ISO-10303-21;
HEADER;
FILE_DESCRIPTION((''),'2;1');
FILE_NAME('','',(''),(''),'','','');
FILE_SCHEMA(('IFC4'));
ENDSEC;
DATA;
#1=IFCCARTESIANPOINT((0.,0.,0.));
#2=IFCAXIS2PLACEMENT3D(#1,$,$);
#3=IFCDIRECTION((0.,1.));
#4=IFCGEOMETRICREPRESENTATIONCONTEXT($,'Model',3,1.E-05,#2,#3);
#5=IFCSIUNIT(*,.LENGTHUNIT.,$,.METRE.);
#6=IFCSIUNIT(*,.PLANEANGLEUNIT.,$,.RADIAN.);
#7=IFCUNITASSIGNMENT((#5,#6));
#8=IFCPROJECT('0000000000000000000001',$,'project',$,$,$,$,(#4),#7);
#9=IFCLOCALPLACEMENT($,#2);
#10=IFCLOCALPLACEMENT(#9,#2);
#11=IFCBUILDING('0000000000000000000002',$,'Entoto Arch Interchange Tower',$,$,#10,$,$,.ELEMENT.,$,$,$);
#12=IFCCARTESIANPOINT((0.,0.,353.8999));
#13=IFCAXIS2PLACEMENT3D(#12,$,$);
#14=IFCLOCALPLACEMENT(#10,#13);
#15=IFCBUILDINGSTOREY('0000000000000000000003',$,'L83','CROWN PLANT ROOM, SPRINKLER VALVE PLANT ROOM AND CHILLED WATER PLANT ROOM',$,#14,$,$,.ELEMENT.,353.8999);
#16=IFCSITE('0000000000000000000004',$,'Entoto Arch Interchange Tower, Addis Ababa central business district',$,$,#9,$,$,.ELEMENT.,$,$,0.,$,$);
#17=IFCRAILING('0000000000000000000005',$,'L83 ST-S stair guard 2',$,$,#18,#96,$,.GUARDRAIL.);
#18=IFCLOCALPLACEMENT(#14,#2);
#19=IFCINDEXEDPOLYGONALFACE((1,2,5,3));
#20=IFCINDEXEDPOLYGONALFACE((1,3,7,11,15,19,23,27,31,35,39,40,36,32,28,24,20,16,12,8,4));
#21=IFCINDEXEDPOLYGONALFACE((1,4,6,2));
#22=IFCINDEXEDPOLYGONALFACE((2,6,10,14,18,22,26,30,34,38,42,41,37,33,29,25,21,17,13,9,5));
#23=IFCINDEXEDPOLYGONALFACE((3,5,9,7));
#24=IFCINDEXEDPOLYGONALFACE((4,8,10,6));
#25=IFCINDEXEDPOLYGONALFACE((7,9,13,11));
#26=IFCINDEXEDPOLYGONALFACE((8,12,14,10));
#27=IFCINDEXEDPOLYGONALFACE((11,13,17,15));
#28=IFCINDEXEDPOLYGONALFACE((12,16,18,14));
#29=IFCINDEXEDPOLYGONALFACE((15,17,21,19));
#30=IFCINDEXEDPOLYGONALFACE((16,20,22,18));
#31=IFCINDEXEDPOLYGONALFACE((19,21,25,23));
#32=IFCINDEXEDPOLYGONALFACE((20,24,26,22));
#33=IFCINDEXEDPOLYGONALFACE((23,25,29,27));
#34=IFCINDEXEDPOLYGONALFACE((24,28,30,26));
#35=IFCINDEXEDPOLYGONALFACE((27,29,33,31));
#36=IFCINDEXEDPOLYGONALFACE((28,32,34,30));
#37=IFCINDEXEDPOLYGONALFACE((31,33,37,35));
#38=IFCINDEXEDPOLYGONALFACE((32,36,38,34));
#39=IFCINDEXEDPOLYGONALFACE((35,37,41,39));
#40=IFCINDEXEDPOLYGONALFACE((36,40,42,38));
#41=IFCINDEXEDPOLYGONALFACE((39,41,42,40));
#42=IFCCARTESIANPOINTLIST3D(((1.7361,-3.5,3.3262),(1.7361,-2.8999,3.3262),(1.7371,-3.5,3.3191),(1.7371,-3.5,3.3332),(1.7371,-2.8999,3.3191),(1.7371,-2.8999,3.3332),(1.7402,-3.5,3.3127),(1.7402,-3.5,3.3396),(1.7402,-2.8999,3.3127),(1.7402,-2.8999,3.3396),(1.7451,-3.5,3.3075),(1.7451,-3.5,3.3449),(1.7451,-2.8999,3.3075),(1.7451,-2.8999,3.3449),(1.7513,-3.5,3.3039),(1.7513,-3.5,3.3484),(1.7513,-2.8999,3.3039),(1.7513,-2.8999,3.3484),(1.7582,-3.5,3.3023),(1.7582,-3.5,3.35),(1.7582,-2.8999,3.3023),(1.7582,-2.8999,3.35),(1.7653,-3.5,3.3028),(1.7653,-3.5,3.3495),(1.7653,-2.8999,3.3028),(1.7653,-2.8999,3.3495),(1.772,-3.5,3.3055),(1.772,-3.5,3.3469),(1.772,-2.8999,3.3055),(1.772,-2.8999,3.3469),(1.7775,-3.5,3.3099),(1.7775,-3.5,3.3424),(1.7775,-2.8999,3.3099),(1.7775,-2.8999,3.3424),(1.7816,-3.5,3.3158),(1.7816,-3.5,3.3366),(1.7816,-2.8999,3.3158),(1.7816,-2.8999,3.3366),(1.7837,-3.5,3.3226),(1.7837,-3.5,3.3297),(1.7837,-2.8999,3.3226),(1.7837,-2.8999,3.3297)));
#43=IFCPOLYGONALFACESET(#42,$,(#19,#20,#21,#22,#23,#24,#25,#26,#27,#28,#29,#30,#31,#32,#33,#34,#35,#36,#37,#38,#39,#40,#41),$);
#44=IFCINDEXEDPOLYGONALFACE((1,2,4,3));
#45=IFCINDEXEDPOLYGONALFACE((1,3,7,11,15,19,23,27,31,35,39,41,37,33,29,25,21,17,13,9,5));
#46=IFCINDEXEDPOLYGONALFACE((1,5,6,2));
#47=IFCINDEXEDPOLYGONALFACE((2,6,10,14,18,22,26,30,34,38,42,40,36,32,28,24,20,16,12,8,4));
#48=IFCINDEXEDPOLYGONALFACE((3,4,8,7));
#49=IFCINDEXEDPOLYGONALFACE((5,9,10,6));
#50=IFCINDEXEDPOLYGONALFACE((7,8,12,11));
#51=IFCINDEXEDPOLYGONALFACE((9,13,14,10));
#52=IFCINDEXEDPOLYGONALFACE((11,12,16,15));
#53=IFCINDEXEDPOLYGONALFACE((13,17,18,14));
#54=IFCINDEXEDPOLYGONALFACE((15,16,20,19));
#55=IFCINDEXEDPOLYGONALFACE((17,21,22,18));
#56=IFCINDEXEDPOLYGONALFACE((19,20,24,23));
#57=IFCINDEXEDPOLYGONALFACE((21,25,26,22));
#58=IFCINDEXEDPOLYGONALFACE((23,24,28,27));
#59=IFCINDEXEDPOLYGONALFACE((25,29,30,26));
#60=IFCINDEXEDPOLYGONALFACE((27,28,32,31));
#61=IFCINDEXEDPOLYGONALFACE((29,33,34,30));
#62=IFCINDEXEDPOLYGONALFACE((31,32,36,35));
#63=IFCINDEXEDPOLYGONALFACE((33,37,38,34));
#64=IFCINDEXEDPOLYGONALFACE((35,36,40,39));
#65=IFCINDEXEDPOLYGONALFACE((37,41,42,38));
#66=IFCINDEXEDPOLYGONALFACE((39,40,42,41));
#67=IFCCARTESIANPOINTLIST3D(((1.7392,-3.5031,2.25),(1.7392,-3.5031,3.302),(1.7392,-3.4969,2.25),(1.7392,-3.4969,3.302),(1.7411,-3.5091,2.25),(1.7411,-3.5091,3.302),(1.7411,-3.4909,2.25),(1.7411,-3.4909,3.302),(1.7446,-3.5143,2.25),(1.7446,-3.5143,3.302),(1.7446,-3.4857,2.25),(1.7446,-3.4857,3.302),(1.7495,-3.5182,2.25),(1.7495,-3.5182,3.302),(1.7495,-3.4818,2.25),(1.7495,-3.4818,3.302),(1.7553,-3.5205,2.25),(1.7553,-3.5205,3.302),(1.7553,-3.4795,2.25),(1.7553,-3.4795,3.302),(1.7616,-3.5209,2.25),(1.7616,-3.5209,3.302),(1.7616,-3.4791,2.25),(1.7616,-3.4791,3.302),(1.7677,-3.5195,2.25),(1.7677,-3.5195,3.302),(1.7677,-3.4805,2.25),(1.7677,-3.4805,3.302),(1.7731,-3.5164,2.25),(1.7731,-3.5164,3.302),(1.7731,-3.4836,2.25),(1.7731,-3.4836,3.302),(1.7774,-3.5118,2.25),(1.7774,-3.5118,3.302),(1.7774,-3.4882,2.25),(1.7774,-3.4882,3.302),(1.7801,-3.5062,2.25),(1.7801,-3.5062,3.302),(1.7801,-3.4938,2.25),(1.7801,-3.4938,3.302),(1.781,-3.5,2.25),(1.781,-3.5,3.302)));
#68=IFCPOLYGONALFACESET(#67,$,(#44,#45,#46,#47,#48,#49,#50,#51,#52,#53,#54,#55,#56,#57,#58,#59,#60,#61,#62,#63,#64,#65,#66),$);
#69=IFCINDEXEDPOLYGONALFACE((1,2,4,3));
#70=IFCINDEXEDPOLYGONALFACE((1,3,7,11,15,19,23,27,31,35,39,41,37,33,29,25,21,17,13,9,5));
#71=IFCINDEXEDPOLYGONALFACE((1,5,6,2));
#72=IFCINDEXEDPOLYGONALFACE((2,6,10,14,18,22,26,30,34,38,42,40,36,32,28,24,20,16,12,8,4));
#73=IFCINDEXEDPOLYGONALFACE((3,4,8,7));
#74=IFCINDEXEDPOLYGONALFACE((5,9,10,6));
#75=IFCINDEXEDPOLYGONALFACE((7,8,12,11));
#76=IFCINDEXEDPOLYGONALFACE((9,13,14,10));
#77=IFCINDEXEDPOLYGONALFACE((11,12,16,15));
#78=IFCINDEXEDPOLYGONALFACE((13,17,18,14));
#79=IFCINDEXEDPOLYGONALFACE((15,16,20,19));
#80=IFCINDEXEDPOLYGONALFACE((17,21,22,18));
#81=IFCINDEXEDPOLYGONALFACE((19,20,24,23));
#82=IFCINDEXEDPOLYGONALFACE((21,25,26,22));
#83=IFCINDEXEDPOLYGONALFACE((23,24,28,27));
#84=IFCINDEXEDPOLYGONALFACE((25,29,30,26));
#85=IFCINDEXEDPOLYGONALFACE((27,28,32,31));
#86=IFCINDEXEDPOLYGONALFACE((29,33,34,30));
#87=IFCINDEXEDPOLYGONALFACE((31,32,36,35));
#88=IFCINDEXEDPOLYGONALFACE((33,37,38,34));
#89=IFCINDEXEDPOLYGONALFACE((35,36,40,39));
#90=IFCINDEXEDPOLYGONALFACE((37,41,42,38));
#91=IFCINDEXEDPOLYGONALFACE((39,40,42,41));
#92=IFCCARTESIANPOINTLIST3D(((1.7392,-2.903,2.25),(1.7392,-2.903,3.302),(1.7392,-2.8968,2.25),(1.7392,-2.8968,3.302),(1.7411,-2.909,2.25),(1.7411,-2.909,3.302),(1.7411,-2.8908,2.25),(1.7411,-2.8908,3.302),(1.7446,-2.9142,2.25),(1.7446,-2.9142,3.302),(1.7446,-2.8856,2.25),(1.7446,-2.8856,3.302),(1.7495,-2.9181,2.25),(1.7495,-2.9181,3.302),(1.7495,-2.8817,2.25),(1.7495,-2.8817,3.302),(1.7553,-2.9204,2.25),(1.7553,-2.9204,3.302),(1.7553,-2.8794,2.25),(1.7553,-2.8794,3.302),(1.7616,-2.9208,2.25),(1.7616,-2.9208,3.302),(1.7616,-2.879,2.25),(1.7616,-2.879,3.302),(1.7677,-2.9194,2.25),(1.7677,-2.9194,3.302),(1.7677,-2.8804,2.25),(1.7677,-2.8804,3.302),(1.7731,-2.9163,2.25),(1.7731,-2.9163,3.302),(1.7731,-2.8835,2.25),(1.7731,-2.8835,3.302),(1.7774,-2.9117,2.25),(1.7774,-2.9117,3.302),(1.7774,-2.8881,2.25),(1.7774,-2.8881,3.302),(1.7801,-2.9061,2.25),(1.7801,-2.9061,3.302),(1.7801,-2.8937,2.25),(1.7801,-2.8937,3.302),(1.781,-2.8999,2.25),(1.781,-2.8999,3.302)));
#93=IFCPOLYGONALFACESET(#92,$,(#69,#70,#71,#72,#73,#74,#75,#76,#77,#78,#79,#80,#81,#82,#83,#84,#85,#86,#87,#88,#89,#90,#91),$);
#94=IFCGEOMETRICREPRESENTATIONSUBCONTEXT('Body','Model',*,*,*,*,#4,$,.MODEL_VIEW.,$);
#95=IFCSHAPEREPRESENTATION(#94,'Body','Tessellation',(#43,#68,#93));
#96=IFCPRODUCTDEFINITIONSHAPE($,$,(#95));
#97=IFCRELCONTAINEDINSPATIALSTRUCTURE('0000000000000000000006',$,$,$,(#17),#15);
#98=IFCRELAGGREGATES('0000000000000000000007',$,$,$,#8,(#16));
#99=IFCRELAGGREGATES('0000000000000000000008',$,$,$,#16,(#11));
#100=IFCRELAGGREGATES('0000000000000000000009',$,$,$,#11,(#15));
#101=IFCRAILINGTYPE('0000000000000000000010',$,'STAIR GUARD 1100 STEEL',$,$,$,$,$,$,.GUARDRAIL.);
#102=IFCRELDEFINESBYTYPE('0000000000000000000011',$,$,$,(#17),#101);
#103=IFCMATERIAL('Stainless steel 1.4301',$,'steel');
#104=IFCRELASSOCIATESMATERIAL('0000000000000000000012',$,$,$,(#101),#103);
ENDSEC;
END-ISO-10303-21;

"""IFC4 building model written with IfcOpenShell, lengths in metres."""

from ifc_helpers import new_model, si_unit, direction, frame, origin, origin_2d, place, context, subcontext, project, spatial, circle, extrude, material, type_object, element, save


model = new_model("IFC4")

# Units and contexts
model_context = context("Model", 3, precision=1e-05, world=origin(), true_north=direction((0.0, 1.0)))
body_context = subcontext(model_context, "Body", "Model", "MODEL_VIEW")
ifc_project = project(units=[si_unit("LENGTHUNIT", "METRE"), si_unit("PLANEANGLEUNIT", "RADIAN")], contexts=[model_context])

# Site, building, storey
site_placement = place(None, origin())
site = spatial("IfcSite", under=ifc_project, at=site_placement, Name="Entoto Arch Interchange Tower, Addis Ababa central business district", CompositionType="ELEMENT", RefElevation=0.0)
building_placement = place(site_placement, origin())
building = spatial("IfcBuilding", under=site, at=building_placement, Name="Entoto Arch Interchange Tower", CompositionType="ELEMENT")
storey_placement = place(building_placement, frame((0.0, 0.0, 353.8999)))
storey = spatial("IfcBuildingStorey", under=building, at=storey_placement, Name="L83", Description="CROWN PLANT ROOM, SPRINKLER VALVE PLANT ROOM AND CHILLED WATER PLANT ROOM", CompositionType="ELEMENT", Elevation=353.8999)

# Railing
ifc_material_1 = material(Name="Stainless steel 1.4301", Category="steel")
railing_type_1 = type_object("IfcRailingType", Name="STAIR GUARD 1100 STEEL", PredefinedType="GUARDRAIL", material=ifc_material_1)
railing_1_placement = place(storey_placement, frame((1.76, -3.5, 2.25)))
element("IfcRailing", 1, at=railing_1_placement, inside=storey, type_object=railing_type_1, Name="L83 ST-S stair guard 2", PredefinedType="GUARDRAIL", context=body_context, shape_type="SweptSolid", body=[
    extrude(circle(Radius=0.0239, at=origin_2d()), frame((0.0, 0.0, 1.0762), z_axis=(0.0, 1.0, 0.0), x_axis=(-1.0, 0.0, 0.0)), (0.0, 0.0, 1.0), 0.6001),
    extrude(circle(Radius=0.021, at=origin_2d()), origin(), (0.0, 0.0, 1.0), 1.052),
    extrude(circle(Radius=0.021, at=origin_2d()), frame((0.0, 0.6001, 0.0)), (0.0, 0.0, 1.0), 1.052),
])

save(model, "model.ifc")
